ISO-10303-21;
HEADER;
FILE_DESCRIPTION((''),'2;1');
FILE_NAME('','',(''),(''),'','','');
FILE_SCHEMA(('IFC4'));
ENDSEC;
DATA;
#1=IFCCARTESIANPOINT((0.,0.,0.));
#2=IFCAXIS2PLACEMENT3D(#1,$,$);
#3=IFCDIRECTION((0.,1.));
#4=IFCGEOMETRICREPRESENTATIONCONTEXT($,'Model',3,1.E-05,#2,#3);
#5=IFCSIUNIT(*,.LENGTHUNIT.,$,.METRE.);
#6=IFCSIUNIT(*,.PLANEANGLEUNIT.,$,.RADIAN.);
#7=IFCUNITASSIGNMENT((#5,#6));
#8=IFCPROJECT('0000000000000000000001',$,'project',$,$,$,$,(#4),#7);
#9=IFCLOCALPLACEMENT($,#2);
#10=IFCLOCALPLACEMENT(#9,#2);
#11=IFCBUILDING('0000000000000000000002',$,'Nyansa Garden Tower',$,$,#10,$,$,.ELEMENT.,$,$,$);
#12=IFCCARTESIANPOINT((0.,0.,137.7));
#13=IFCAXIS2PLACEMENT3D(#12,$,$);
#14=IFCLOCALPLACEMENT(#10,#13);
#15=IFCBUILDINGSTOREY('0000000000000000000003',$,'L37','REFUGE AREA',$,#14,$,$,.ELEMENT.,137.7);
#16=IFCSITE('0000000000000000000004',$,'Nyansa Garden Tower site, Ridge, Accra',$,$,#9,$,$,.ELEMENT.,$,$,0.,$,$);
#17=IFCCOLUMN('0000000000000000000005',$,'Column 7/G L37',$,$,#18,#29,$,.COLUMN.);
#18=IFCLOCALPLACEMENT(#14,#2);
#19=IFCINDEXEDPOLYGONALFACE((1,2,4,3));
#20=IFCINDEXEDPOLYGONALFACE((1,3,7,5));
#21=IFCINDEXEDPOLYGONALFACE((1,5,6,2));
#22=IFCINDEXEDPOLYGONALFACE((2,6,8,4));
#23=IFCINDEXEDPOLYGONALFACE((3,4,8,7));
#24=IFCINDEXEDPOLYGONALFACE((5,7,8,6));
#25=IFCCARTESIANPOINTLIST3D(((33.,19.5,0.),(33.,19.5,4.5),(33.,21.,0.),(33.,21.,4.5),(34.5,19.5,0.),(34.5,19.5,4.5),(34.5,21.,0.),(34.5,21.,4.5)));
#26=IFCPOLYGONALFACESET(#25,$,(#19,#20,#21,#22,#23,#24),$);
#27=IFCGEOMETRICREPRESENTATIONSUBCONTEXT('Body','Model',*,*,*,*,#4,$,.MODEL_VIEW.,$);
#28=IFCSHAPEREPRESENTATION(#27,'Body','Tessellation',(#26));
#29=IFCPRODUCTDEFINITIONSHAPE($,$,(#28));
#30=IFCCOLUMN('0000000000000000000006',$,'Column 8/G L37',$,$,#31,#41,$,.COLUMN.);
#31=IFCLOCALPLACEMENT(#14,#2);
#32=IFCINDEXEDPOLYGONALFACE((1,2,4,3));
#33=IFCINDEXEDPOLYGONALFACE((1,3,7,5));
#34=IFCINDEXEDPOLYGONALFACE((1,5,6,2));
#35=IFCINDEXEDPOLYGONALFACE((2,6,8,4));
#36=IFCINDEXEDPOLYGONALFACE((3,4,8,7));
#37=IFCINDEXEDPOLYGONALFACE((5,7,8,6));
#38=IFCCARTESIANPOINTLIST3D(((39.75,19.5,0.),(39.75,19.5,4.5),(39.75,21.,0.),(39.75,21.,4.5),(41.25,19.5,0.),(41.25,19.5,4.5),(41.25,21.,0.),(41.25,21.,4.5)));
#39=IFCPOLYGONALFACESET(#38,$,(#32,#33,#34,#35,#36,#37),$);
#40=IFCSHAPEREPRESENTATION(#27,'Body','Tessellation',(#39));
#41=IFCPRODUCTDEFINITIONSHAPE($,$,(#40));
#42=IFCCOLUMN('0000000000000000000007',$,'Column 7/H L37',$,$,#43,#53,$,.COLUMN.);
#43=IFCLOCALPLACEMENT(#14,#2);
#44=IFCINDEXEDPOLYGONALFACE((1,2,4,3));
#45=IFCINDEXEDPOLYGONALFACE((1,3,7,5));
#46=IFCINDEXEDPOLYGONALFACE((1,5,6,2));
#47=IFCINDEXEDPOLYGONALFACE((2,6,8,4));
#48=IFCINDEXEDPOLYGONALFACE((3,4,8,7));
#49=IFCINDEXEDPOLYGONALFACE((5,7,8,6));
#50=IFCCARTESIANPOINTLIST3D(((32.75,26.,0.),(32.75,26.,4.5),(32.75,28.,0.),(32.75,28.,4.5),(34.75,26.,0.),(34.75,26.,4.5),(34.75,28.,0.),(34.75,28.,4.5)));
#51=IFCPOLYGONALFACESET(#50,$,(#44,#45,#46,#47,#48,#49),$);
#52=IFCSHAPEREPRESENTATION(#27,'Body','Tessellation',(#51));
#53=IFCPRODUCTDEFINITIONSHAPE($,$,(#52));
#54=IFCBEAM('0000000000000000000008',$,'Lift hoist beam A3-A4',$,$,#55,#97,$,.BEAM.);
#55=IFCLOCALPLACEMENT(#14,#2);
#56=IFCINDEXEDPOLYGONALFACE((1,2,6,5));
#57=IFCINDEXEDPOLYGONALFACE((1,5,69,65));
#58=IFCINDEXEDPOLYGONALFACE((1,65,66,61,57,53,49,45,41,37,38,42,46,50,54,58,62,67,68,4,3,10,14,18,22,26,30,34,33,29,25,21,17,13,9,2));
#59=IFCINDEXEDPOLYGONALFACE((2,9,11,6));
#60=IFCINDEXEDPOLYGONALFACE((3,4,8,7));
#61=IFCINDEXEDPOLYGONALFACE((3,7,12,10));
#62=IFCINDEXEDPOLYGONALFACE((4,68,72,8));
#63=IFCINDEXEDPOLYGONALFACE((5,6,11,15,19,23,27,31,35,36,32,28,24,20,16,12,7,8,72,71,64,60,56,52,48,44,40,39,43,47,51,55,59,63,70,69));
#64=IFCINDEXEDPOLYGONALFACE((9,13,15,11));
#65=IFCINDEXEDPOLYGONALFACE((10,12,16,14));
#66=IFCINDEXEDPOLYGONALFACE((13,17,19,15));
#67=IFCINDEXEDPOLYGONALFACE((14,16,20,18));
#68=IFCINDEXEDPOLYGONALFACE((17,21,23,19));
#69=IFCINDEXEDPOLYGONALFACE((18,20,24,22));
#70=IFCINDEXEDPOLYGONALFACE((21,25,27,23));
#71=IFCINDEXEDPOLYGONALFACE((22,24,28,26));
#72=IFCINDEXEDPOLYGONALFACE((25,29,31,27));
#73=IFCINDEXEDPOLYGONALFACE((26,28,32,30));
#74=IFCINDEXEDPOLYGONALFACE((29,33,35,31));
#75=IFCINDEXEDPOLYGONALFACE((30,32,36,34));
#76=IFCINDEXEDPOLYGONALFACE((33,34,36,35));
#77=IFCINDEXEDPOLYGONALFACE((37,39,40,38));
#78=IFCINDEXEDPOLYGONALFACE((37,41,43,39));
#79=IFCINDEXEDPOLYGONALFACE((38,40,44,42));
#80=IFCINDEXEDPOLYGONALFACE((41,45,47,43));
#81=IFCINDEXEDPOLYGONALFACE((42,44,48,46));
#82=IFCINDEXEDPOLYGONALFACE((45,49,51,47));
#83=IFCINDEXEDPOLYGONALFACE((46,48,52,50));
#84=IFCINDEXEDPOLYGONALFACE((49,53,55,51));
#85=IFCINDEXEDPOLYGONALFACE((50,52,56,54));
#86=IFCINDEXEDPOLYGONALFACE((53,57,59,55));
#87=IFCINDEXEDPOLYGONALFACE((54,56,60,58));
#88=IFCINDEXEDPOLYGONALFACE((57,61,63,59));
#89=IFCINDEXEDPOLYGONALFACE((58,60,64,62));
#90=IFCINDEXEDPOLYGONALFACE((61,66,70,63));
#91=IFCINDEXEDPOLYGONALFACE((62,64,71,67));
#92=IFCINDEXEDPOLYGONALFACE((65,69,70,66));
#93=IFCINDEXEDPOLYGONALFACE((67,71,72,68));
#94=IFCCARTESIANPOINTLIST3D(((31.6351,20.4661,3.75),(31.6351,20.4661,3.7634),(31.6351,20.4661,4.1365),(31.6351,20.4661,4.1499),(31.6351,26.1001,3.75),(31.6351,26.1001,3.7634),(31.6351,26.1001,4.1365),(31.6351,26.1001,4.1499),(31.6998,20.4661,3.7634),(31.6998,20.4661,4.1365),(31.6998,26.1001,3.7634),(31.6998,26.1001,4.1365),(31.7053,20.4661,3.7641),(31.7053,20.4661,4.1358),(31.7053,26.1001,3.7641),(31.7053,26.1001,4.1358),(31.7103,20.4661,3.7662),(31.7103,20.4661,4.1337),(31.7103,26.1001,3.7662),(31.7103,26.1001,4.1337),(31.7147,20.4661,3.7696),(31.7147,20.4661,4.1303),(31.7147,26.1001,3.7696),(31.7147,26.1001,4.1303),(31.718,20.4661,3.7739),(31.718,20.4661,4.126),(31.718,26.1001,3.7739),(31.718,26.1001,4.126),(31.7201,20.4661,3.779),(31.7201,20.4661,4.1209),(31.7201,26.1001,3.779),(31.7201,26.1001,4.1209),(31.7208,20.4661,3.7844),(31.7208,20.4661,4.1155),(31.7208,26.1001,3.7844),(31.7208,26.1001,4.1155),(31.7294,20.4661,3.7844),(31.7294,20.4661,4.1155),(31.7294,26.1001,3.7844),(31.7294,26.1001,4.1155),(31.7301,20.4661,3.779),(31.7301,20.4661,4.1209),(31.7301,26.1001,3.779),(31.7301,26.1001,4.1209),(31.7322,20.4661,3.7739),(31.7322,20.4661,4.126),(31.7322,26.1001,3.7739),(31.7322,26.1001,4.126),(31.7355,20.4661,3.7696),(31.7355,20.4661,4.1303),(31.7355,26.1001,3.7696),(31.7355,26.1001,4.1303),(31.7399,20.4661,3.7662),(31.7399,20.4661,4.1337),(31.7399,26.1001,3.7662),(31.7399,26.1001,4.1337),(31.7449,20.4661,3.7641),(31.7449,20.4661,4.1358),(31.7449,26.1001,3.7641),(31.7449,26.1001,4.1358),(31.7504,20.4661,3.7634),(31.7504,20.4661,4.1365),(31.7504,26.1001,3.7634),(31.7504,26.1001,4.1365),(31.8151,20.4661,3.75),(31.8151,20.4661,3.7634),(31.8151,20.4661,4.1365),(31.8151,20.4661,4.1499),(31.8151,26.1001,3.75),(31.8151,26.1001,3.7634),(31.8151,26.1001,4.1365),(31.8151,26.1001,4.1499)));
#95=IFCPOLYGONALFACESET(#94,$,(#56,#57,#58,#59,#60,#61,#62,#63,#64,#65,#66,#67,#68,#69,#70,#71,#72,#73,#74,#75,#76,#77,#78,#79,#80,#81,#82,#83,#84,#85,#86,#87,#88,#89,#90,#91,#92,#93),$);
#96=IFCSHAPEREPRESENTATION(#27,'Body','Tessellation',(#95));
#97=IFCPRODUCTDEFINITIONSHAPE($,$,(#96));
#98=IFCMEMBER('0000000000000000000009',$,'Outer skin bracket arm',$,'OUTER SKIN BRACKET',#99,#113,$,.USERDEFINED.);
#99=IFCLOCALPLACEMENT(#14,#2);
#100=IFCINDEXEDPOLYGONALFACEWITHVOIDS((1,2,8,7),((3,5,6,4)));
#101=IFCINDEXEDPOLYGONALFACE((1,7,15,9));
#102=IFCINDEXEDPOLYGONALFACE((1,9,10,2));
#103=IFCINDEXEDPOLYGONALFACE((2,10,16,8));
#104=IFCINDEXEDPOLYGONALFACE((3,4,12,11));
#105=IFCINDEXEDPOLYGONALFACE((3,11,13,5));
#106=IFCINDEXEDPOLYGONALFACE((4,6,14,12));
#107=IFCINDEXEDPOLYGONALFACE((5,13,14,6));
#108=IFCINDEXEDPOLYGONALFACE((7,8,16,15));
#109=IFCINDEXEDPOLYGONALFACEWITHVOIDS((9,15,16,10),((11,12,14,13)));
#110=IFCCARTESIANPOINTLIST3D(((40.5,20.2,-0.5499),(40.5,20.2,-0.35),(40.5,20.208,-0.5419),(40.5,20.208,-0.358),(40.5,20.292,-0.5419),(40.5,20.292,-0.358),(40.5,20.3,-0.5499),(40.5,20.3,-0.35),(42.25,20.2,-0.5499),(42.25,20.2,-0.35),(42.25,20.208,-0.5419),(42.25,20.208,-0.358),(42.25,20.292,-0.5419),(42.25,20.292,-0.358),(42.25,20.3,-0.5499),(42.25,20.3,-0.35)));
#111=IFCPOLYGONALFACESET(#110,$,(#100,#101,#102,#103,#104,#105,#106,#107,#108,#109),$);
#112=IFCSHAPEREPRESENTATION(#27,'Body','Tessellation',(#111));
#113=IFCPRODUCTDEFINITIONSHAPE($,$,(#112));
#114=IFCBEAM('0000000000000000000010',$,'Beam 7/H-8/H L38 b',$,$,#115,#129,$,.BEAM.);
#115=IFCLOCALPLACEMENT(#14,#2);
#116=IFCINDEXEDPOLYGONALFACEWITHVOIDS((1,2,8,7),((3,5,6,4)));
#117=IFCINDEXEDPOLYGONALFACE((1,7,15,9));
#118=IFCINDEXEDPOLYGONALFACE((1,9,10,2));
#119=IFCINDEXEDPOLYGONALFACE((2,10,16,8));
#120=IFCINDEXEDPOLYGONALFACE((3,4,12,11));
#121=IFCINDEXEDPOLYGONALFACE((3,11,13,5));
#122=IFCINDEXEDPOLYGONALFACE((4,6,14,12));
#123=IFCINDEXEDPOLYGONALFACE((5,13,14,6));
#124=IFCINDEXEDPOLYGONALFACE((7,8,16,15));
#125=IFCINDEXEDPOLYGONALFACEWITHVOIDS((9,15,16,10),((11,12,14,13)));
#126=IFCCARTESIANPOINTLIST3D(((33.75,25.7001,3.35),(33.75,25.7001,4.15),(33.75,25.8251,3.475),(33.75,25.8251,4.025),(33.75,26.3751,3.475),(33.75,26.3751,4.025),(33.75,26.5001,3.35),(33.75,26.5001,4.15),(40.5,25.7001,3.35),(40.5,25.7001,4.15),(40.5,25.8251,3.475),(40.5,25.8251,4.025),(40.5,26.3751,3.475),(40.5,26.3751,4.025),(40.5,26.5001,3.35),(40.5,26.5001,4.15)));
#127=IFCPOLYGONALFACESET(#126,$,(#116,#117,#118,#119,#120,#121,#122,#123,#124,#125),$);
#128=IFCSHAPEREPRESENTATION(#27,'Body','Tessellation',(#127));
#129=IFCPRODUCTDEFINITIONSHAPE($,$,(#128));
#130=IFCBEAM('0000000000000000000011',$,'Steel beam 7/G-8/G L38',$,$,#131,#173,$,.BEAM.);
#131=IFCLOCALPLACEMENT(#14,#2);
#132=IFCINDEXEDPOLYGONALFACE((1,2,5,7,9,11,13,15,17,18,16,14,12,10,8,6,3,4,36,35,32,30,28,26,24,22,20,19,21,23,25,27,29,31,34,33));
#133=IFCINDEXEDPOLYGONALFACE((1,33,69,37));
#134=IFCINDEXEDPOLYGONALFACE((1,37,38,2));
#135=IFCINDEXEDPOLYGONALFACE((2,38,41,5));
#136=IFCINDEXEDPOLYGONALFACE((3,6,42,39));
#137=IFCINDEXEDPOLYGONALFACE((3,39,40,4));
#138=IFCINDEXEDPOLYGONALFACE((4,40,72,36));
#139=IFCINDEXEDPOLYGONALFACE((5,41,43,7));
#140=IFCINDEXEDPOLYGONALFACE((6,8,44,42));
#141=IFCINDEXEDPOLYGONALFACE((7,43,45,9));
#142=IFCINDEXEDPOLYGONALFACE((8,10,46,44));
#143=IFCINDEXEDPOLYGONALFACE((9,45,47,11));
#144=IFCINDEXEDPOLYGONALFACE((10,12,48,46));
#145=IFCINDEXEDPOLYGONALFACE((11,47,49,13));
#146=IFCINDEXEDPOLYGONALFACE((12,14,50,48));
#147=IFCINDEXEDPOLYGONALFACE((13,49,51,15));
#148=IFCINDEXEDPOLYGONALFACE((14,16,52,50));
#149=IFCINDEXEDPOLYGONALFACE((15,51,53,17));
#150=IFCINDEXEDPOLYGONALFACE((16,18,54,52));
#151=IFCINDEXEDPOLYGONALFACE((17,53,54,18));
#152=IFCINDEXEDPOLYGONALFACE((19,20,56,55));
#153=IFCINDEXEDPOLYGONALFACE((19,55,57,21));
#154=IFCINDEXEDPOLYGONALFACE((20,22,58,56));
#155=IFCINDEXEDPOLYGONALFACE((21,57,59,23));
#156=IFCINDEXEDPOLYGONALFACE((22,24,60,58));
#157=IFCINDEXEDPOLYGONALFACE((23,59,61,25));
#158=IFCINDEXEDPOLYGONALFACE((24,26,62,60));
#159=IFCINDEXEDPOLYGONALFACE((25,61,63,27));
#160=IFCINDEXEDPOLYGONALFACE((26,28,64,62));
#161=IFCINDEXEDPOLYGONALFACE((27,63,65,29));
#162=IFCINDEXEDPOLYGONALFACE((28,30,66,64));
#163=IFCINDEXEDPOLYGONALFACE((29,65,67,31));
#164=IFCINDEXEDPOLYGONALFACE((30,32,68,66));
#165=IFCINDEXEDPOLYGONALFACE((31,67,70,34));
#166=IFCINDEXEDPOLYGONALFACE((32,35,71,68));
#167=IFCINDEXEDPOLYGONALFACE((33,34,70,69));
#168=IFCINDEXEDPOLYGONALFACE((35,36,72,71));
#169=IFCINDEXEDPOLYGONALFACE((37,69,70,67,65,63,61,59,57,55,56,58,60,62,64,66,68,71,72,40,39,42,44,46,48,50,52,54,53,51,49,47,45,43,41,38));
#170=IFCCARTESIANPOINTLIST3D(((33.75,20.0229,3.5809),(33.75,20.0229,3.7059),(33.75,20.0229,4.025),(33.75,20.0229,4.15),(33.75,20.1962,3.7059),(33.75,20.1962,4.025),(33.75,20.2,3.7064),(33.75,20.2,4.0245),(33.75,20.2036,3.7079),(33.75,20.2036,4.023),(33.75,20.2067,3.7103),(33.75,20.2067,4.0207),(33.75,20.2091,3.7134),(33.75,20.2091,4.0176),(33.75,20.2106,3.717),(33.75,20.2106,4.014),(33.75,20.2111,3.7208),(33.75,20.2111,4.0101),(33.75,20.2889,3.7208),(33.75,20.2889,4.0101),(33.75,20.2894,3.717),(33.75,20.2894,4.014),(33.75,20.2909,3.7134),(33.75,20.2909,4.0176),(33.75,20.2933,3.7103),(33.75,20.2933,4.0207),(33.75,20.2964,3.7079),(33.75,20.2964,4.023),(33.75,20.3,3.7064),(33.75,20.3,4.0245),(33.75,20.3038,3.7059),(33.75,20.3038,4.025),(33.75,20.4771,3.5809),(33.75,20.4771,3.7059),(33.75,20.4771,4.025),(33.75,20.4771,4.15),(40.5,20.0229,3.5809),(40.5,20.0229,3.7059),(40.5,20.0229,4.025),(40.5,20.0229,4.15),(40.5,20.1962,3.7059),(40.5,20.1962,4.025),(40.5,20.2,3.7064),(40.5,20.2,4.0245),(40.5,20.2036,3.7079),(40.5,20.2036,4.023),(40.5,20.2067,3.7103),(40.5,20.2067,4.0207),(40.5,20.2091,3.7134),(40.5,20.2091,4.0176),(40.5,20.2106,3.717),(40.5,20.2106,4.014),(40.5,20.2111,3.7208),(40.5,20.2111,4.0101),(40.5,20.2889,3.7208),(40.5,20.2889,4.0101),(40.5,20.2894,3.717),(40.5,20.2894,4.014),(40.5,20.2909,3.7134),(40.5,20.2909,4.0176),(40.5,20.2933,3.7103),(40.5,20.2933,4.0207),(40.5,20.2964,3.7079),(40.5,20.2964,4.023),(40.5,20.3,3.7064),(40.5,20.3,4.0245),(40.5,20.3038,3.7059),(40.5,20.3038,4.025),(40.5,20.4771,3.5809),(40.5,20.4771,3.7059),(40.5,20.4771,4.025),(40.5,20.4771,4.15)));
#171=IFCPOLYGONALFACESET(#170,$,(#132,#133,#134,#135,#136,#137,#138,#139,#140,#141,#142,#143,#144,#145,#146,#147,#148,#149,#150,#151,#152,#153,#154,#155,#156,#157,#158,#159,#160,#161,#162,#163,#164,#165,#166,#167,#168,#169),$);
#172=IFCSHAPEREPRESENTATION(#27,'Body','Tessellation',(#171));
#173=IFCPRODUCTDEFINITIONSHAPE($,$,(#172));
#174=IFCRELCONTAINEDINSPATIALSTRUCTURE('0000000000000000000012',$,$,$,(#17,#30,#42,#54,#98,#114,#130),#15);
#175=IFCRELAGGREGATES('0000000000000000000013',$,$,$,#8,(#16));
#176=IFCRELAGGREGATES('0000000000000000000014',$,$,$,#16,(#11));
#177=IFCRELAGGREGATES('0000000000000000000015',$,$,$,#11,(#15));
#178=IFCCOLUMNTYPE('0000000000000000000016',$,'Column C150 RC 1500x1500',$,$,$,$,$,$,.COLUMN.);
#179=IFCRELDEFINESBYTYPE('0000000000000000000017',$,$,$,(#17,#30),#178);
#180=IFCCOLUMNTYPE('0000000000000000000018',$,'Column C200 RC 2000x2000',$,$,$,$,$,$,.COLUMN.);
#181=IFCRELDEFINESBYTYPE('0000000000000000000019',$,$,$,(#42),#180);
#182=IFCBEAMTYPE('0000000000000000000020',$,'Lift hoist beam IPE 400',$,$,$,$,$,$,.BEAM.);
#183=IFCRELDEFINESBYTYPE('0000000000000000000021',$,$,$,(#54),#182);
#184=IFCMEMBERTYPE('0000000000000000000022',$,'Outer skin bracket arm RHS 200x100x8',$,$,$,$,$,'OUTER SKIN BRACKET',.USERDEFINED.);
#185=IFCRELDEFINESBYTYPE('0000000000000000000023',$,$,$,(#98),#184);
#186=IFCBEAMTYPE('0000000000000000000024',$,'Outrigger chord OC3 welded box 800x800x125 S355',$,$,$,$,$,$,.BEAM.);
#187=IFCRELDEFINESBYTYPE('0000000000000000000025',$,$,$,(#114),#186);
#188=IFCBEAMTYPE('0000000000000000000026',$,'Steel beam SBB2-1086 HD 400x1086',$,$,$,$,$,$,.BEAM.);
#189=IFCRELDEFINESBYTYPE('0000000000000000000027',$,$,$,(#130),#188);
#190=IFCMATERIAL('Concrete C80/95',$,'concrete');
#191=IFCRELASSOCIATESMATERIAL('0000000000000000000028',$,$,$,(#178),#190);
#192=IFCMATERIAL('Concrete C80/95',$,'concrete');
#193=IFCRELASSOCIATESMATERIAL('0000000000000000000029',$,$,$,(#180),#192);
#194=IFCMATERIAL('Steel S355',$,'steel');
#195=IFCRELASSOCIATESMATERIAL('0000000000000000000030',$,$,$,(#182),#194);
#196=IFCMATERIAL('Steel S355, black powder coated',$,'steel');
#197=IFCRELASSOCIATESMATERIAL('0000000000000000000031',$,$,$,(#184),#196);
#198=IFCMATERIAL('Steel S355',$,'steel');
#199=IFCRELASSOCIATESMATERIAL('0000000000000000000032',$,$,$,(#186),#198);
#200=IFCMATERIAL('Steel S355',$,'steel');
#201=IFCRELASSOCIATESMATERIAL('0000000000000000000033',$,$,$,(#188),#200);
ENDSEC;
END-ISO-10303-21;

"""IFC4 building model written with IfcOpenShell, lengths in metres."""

from ifc_helpers import new_model, si_unit, direction, frame, origin, origin_2d, place, context, subcontext, project, spatial, rectangle, hollow_rectangle, i_section, extrude, material, material_profile, profile_set, type_object, element, save


model = new_model("IFC4")

# Units and contexts
model_context = context("Model", 3, precision=1e-05, world=origin(), true_north=direction((0.0, 1.0)))
body_context = subcontext(model_context, "Body", "Model", "MODEL_VIEW")
ifc_project = project(units=[si_unit("LENGTHUNIT", "METRE"), si_unit("PLANEANGLEUNIT", "RADIAN")], contexts=[model_context])

# Site, building, storey
site_placement = place(None, origin())
site = spatial("IfcSite", under=ifc_project, at=site_placement, Name="Nyansa Garden Tower site, Ridge, Accra", CompositionType="ELEMENT", RefElevation=0.0)
building_placement = place(site_placement, origin())
building = spatial("IfcBuilding", under=site, at=building_placement, Name="Nyansa Garden Tower", CompositionType="ELEMENT")
storey_placement = place(building_placement, frame((0.0, 0.0, 137.7)))
storey = spatial("IfcBuildingStorey", under=building, at=storey_placement, Name="L37", Description="REFUGE AREA", CompositionType="ELEMENT", Elevation=137.7)

# Columns
ifc_material_1 = material(Name="Concrete C80/95", Category="concrete")
ifc_material_profile_1 = material_profile(ifc_material_1, rectangle(XDim=1.5, YDim=1.5, at=origin_2d()), Name="RC 1500x1500")
ifc_profile_set_1 = profile_set([ifc_material_profile_1], Name="Concrete C80/95")
column_type_1 = type_object("IfcColumnType", Name="Column C150 RC 1500x1500", PredefinedType="COLUMN", material=ifc_profile_set_1)
for number, where, z_axis, x_axis, name in (
    (1, (33.75, 20.25, 0.0), (0.0, 0.0, 1.0), (1.0, 0.0, 0.0), "Column 7/G L37"),
    (2, (40.5, 20.25, 0.0), (0.0, 0.0, 1.0), (1.0, 0.0, 0.0), "Column 8/G L37"),
):
    element("IfcColumn", number, at=place(storey_placement, frame(where, z_axis=z_axis, x_axis=x_axis)), inside=storey, type_object=column_type_1, Name=name, PredefinedType="COLUMN", context=body_context, shape_type="SweptSolid", body=[
        extrude(rectangle(XDim=1.5, YDim=1.5, at=origin_2d()), origin(), (0.0, 0.0, 1.0), 4.5),
    ])
ifc_material_2 = material(Name="Concrete C80/95", Category="concrete")
ifc_material_profile_2 = material_profile(ifc_material_2, rectangle(XDim=2.0, YDim=2.0, at=origin_2d()), Name="RC 2000x2000")
ifc_profile_set_2 = profile_set([ifc_material_profile_2], Name="Concrete C80/95")
column_type_2 = type_object("IfcColumnType", Name="Column C200 RC 2000x2000", PredefinedType="COLUMN", material=ifc_profile_set_2)
column_placement = place(storey_placement, frame((33.75, 27.0, 0.0), z_axis=(0.0, 0.0, 1.0), x_axis=(1.0, 0.0, 0.0)))
element("IfcColumn", 3, at=column_placement, inside=storey, type_object=column_type_2, Name="Column 7/H L37", PredefinedType="COLUMN", context=body_context, shape_type="SweptSolid", body=[
    extrude(rectangle(XDim=2.0, YDim=2.0, at=origin_2d()), origin(), (0.0, 0.0, 1.0), 4.5),
])

# Beam
ifc_material_3 = material(Name="Steel S355", Category="steel")
ifc_material_profile_3 = material_profile(ifc_material_3, i_section(OverallWidth=0.1799, OverallDepth=0.3999, WebThickness=0.0085, FlangeThickness=0.0134, FilletRadius=0.021, at=origin_2d()), Name="IPE 400")
ifc_profile_set_3 = profile_set([ifc_material_profile_3], Name="Steel S355")
beam_type_1 = type_object("IfcBeamType", Name="Lift hoist beam IPE 400", PredefinedType="BEAM", material=ifc_profile_set_3)
beam_1_placement = place(storey_placement, frame((31.7251, 20.4661, 3.95), z_axis=(0.0, 1.0, 0.0), x_axis=(-1.0, 0.0, 0.0)))
element("IfcBeam", 4, at=beam_1_placement, inside=storey, type_object=beam_type_1, Name="Lift hoist beam A3-A4", PredefinedType="BEAM", context=body_context, shape_type="SweptSolid", body=[
    extrude(i_section(OverallWidth=0.1799, OverallDepth=0.3999, WebThickness=0.0085, FlangeThickness=0.0134, FilletRadius=0.021, at=origin_2d()), origin(), (0.0, 0.0, 1.0), 5.634),
])

# Member
ifc_material_4 = material(Name="Steel S355, black powder coated", Category="steel")
ifc_material_profile_4 = material_profile(ifc_material_4, hollow_rectangle(XDim=0.1001, YDim=0.2, WallThickness=0.0081, at=origin_2d()), Name="RHS 200x100x8")
ifc_profile_set_4 = profile_set([ifc_material_profile_4], Name="Steel S355, black powder coated")
member_type_1 = type_object("IfcMemberType", Name="Outer skin bracket arm RHS 200x100x8", ElementType="OUTER SKIN BRACKET", PredefinedType="USERDEFINED", material=ifc_profile_set_4)
member_1_placement = place(storey_placement, frame((40.5, 20.25, -0.45), z_axis=(1.0, 0.0, 0.0), x_axis=(0.0, 1.0, 0.0)))
element("IfcMember", 5, at=member_1_placement, inside=storey, type_object=member_type_1, Name="Outer skin bracket arm", ObjectType="OUTER SKIN BRACKET", PredefinedType="USERDEFINED", context=body_context, shape_type="SweptSolid", body=[
    extrude(hollow_rectangle(XDim=0.1001, YDim=0.2, WallThickness=0.0081, at=origin_2d()), origin(), (0.0, 0.0, 1.0), 1.75),
])

# Beams
ifc_material_5 = material(Name="Steel S355", Category="steel")
ifc_material_profile_5 = material_profile(ifc_material_5, hollow_rectangle(XDim=0.8, YDim=0.8, WallThickness=0.125, at=origin_2d()), Name="Welded box 800x800x125")
ifc_profile_set_5 = profile_set([ifc_material_profile_5], Name="Steel S355")
beam_type_2 = type_object("IfcBeamType", Name="Outrigger chord OC3 welded box 800x800x125 S355", PredefinedType="BEAM", material=ifc_profile_set_5)
beam_2_placement = place(storey_placement, frame((33.75, 26.1001, 3.75), z_axis=(1.0, 0.0, 0.0), x_axis=(0.0, 1.0, 0.0)))
element("IfcBeam", 6, at=beam_2_placement, inside=storey, type_object=beam_type_2, Name="Beam 7/H-8/H L38 b", PredefinedType="BEAM", context=body_context, shape_type="SweptSolid", body=[
    extrude(hollow_rectangle(XDim=0.8, YDim=0.8, WallThickness=0.125, at=origin_2d()), origin(), (0.0, 0.0, 1.0), 6.75),
])
ifc_material_6 = material(Name="Steel S355", Category="steel")
ifc_material_profile_6 = material_profile(ifc_material_6, i_section(OverallWidth=0.4541, OverallDepth=0.5691, WebThickness=0.0779, FlangeThickness=0.125, FilletRadius=0.0149, at=origin_2d()), Name="HD 400x1086")
ifc_profile_set_6 = profile_set([ifc_material_profile_6], Name="Steel S355")
beam_type_3 = type_object("IfcBeamType", Name="Steel beam SBB2-1086 HD 400x1086", PredefinedType="BEAM", material=ifc_profile_set_6)
beam_3_placement = place(storey_placement, frame((33.75, 20.25, 3.8655), z_axis=(1.0, 0.0, 0.0), x_axis=(0.0, 1.0, 0.0)))
element("IfcBeam", 7, at=beam_3_placement, inside=storey, type_object=beam_type_3, Name="Steel beam 7/G-8/G L38", PredefinedType="BEAM", context=body_context, shape_type="SweptSolid", body=[
    extrude(i_section(OverallWidth=0.4541, OverallDepth=0.5691, WebThickness=0.0779, FlangeThickness=0.125, FilletRadius=0.0149, at=origin_2d()), origin(), (0.0, 0.0, 1.0), 6.75),
])

save(model, "model.ifc")
